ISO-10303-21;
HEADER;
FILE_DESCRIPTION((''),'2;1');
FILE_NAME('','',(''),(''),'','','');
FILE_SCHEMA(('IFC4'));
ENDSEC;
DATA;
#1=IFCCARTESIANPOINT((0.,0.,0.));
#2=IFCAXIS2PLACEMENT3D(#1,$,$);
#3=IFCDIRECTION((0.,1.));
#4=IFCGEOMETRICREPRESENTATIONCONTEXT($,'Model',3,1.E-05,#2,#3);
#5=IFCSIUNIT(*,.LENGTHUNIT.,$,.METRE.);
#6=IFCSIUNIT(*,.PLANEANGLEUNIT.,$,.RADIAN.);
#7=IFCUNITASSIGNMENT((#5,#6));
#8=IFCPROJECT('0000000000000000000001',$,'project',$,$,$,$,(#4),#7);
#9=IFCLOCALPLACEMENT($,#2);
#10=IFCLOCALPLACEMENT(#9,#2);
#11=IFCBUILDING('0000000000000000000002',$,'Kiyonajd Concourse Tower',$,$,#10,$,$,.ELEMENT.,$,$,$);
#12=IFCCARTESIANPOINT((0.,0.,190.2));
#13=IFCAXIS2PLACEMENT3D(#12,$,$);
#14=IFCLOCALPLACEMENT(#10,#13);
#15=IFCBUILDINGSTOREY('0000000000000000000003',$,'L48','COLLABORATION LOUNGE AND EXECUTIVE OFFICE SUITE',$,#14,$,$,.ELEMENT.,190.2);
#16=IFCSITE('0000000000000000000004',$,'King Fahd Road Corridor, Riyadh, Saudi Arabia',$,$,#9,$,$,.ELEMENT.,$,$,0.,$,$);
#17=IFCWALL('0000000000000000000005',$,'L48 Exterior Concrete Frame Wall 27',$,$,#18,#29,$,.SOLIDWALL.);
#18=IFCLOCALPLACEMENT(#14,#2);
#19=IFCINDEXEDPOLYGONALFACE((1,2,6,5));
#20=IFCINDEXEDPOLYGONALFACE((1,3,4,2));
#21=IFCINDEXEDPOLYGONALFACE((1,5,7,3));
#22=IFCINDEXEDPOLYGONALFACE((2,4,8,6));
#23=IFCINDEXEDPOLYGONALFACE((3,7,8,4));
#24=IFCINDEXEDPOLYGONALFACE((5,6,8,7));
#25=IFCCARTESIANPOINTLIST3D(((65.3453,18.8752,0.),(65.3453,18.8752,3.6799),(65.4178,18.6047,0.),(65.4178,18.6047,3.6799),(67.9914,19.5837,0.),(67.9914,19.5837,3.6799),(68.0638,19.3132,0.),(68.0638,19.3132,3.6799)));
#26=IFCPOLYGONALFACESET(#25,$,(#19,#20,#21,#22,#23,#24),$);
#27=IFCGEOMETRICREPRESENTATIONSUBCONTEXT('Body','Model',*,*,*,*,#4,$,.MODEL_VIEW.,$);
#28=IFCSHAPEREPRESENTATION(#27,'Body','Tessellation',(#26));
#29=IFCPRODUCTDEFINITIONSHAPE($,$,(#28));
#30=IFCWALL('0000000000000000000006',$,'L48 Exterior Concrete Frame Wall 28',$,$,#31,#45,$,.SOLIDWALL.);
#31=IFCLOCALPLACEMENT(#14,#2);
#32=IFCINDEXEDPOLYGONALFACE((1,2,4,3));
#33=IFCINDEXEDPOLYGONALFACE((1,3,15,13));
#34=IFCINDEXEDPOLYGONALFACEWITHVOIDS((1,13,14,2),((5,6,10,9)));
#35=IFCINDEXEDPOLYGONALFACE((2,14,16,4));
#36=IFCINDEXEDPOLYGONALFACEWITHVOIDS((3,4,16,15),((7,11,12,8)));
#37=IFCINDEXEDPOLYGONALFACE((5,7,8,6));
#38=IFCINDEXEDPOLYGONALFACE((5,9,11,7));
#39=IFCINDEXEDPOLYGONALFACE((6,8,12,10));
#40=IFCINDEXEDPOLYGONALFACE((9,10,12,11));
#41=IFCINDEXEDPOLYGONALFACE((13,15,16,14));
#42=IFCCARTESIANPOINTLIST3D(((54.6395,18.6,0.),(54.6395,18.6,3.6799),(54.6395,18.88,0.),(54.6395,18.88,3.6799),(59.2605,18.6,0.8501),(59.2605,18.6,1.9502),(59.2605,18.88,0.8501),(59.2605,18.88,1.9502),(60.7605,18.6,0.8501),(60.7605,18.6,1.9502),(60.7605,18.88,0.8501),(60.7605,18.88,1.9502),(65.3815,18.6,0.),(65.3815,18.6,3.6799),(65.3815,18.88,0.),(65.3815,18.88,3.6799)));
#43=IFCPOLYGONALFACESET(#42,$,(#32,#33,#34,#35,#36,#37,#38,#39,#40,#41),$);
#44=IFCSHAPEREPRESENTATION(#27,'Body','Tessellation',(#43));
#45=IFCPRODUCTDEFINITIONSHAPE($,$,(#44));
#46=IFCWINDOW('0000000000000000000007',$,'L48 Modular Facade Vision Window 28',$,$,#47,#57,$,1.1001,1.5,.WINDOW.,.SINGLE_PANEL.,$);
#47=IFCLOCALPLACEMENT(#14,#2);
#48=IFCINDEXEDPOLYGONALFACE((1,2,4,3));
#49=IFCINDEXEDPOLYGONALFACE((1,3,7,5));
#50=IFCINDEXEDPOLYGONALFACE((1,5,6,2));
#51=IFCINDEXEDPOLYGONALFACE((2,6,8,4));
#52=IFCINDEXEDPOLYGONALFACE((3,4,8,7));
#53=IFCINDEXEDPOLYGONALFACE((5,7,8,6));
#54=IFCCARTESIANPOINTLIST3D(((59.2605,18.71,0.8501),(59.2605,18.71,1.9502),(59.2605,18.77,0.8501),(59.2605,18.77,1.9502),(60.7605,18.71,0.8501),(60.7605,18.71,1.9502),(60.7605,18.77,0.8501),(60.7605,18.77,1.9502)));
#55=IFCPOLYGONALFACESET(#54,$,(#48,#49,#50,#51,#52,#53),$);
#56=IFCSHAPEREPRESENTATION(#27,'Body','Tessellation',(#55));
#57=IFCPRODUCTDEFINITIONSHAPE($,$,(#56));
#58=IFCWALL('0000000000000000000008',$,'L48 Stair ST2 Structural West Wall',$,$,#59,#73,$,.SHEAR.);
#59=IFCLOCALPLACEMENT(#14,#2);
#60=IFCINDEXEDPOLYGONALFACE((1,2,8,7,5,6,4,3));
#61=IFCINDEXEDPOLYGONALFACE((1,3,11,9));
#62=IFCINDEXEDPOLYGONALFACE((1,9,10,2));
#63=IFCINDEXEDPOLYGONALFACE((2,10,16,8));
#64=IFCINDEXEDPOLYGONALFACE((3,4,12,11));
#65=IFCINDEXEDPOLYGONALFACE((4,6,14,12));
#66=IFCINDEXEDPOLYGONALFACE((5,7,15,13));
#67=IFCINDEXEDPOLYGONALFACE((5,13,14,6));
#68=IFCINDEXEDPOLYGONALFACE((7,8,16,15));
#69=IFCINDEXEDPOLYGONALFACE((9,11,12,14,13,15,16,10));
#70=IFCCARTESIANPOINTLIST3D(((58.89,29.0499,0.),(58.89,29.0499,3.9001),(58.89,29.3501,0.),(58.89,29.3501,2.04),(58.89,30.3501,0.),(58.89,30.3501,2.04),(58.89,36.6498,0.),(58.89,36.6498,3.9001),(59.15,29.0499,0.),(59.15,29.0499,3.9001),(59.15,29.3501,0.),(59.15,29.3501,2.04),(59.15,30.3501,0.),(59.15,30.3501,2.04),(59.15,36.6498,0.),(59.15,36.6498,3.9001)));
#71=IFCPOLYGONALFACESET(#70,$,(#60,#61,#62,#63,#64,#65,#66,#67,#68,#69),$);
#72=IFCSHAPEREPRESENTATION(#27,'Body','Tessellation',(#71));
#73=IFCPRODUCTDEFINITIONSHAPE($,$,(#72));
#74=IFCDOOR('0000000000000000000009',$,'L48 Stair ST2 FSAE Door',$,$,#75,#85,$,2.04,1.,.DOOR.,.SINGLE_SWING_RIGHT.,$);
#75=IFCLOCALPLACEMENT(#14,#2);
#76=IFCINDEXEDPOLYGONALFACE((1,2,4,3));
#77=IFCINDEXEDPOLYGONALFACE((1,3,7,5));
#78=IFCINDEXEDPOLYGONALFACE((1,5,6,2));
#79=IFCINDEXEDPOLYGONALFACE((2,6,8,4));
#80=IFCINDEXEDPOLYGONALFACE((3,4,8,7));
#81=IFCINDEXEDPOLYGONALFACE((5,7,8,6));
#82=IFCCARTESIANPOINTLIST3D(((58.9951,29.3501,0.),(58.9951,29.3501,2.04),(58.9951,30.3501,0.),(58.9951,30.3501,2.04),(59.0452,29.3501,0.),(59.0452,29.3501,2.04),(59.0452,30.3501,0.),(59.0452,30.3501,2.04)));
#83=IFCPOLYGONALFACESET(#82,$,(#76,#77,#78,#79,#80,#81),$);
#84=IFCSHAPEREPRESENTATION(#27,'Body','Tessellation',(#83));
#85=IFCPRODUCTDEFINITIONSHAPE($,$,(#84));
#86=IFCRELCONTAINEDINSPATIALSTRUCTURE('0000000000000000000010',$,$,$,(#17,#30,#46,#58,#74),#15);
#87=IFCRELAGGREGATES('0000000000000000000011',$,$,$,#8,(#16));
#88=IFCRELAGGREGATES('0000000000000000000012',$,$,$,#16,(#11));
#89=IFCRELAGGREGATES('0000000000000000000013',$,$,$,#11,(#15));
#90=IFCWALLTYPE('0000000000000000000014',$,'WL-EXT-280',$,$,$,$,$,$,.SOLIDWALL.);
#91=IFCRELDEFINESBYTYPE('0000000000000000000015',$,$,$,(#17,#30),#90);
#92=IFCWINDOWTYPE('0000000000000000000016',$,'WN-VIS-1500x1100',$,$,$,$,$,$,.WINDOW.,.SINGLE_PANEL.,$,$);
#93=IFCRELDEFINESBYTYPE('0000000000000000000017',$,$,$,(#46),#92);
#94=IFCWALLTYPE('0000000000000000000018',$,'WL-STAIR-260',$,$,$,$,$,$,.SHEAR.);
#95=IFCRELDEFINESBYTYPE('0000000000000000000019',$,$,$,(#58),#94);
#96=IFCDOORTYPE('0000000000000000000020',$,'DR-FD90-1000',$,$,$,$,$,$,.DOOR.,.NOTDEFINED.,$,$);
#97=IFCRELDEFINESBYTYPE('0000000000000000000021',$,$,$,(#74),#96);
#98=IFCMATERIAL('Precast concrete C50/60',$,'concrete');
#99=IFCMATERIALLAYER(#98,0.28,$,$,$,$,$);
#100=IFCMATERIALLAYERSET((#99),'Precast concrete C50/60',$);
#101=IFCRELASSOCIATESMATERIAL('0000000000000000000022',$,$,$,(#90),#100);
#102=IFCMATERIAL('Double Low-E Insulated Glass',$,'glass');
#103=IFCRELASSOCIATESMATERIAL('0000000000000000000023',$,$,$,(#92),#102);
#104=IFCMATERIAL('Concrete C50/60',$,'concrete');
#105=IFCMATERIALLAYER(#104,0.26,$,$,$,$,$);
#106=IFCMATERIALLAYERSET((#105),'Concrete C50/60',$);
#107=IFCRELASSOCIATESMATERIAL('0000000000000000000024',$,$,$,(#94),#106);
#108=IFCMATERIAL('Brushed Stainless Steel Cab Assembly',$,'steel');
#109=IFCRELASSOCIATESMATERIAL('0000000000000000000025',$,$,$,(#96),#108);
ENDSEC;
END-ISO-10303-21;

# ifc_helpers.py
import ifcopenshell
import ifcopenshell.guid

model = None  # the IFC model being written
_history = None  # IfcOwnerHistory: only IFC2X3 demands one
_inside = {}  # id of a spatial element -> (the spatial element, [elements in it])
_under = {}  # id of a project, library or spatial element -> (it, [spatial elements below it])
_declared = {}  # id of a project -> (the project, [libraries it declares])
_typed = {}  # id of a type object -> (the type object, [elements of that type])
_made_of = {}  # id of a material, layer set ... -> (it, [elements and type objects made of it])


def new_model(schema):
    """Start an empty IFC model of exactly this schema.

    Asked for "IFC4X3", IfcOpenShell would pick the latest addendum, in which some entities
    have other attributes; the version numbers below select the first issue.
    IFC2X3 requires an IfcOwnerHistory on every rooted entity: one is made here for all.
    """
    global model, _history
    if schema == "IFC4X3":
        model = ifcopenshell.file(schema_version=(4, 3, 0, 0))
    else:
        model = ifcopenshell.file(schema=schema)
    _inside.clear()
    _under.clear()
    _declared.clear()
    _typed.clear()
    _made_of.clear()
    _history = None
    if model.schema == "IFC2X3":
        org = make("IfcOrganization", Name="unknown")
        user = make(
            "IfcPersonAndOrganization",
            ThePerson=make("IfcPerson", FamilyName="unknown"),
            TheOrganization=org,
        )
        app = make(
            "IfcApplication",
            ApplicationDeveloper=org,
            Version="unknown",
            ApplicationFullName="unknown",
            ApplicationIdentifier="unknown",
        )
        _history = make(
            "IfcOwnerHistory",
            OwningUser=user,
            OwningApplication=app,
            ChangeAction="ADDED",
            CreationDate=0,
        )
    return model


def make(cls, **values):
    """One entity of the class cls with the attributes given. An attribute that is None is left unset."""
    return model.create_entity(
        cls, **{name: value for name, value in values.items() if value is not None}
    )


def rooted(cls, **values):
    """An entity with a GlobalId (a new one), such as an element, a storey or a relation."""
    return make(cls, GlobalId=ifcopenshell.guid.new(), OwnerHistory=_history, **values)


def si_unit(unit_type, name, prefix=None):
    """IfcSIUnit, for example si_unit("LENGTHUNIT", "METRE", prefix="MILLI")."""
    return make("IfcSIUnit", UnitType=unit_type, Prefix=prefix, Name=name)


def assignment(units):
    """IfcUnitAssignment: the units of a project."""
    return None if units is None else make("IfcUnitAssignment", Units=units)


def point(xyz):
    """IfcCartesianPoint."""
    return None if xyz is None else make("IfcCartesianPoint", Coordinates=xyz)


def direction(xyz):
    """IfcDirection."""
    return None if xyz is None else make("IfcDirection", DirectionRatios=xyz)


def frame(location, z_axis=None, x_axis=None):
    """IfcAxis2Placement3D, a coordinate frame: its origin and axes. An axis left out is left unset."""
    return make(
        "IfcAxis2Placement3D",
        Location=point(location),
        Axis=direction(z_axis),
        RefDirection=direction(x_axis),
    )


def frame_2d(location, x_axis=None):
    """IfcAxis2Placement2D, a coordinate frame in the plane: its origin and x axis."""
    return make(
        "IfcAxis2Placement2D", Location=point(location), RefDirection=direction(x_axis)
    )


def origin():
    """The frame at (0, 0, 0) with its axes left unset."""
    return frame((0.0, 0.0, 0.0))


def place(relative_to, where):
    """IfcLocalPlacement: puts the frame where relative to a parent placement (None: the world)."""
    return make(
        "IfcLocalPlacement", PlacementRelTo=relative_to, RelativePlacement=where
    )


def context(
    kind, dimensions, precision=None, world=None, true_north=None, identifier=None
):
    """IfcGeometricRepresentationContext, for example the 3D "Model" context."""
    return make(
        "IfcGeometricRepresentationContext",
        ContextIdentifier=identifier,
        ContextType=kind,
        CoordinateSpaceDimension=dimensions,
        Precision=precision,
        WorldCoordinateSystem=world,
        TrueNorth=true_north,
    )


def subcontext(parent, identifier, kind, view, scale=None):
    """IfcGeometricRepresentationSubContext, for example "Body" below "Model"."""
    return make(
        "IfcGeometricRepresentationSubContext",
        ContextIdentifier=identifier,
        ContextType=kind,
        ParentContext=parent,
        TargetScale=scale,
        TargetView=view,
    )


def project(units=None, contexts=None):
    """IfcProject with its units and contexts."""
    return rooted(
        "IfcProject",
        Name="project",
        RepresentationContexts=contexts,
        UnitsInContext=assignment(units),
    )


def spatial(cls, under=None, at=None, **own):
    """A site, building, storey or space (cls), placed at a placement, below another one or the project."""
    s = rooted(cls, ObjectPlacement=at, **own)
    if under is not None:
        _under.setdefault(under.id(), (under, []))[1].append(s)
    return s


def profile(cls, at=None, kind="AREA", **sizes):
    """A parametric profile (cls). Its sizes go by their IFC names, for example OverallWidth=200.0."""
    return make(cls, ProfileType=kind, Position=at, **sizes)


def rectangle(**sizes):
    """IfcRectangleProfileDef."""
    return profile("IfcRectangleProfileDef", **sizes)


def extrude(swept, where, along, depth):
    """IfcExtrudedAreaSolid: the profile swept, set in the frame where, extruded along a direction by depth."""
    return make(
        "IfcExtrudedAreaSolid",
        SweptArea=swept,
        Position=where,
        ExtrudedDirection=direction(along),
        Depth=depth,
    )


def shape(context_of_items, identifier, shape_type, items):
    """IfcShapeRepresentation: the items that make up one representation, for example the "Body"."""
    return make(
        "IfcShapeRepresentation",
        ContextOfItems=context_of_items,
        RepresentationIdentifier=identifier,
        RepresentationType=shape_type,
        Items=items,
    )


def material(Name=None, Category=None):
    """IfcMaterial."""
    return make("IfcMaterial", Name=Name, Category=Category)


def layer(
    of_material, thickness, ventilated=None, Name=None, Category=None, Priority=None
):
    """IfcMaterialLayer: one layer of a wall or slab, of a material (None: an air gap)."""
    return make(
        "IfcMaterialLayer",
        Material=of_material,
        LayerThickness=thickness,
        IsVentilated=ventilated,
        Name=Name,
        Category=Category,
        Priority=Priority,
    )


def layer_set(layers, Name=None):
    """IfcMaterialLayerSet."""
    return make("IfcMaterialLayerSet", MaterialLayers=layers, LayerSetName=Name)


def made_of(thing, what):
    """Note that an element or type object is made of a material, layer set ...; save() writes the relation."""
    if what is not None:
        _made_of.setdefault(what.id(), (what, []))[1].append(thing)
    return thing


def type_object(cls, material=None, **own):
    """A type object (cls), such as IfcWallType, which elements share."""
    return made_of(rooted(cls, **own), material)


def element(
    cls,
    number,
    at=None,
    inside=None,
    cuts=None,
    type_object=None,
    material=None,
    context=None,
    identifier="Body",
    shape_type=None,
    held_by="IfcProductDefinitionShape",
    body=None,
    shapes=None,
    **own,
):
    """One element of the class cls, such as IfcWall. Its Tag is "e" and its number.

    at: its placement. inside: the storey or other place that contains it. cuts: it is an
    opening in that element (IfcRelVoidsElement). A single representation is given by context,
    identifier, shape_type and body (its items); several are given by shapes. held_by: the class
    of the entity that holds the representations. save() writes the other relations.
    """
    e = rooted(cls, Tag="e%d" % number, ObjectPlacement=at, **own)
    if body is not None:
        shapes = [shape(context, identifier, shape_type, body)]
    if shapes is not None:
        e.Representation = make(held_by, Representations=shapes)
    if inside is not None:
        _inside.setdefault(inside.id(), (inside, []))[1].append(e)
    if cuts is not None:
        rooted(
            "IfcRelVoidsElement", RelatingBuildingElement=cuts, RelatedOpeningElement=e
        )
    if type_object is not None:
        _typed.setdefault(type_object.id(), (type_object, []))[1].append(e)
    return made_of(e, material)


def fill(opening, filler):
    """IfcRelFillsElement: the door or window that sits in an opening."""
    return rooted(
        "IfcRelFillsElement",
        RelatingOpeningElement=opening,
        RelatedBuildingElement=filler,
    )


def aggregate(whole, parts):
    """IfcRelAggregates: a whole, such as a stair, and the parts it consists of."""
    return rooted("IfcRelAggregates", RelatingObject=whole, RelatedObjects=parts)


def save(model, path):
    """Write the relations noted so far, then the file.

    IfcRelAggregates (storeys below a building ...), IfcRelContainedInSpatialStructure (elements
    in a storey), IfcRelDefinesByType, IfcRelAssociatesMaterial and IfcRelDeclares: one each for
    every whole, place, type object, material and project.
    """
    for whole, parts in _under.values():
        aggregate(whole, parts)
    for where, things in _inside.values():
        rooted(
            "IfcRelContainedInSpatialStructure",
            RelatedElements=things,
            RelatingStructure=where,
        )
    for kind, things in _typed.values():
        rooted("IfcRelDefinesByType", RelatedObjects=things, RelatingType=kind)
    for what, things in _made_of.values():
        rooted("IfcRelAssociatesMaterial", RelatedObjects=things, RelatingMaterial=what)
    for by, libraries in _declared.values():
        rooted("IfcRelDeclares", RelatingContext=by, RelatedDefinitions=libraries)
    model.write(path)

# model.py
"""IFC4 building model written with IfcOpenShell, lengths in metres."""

from ifc_helpers import new_model, si_unit, direction, frame, frame_2d, origin, place, context, subcontext, project, spatial, rectangle, extrude, material, layer, layer_set, type_object, element, fill, save


model = new_model("IFC4")

# Units and contexts
model_context = context("Model", 3, precision=1e-05, world=origin(), true_north=direction((0.0, 1.0)))
body_context = subcontext(model_context, "Body", "Model", "MODEL_VIEW")
ifc_project = project(units=[si_unit("LENGTHUNIT", "METRE"), si_unit("PLANEANGLEUNIT", "RADIAN")], contexts=[model_context])

# Site, building, storey
site_placement = place(None, origin())
site = spatial("IfcSite", under=ifc_project, at=site_placement, Name="King Fahd Road Corridor, Riyadh, Saudi Arabia", CompositionType="ELEMENT", RefElevation=0.0)
building_placement = place(site_placement, origin())
building = spatial("IfcBuilding", under=site, at=building_placement, Name="Kiyonajd Concourse Tower", CompositionType="ELEMENT")
storey_placement = place(building_placement, frame((0.0, 0.0, 190.2)))
storey = spatial("IfcBuildingStorey", under=building, at=storey_placement, Name="L48", Description="COLLABORATION LOUNGE AND EXECUTIVE OFFICE SUITE", CompositionType="ELEMENT", Elevation=190.2)

# Shared definitions
ifc_material_1 = material(Name="Double Low-E Insulated Glass", Category="glass")

# Wall
ifc_material_2 = material(Name="Precast concrete C50/60", Category="concrete")
ifc_layer_1 = layer(ifc_material_2, 0.28)
ifc_layer_set_1 = layer_set([ifc_layer_1], Name="Precast concrete C50/60")
wall_type_1 = type_object("IfcWallType", Name="WL-EXT-280", PredefinedType="SOLIDWALL", material=ifc_layer_set_1)
wall_1_placement = place(storey_placement, frame((68.0276, 19.4485, 0.0), z_axis=(0.0, 0.0, 1.0), x_axis=(-0.965971, -0.25865, 0.0)))
element("IfcWall", 1, at=wall_1_placement, inside=storey, type_object=wall_type_1, Name="L48 Exterior Concrete Frame Wall 27", PredefinedType="SOLIDWALL", context=body_context, shape_type="SweptSolid", body=[
    extrude(rectangle(XDim=2.7393, YDim=0.28, at=frame_2d((1.3696, 0.0))), origin(), (0.0, 0.0, 1.0), 3.6799),
])

# Wall, opening, window
wall_2_placement = place(storey_placement, frame((65.3816, 18.74, 0.0), z_axis=(0.0, 0.0, 1.0), x_axis=(-1.0, 0.0, 0.0)))
wall_2 = element("IfcWall", 2, at=wall_2_placement, inside=storey, type_object=wall_type_1, Name="L48 Exterior Concrete Frame Wall 28", PredefinedType="SOLIDWALL", context=body_context, shape_type="SweptSolid", body=[
    extrude(rectangle(XDim=10.7419, YDim=0.28, at=frame_2d((5.3711, 0.0))), origin(), (0.0, 0.0, 1.0), 3.6799),
])
opening_1_placement = place(wall_2_placement, frame((4.6211, 0.0, 0.8501)))
opening_1 = element("IfcOpeningElement", 3, at=opening_1_placement, cuts=wall_2, PredefinedType="OPENING", context=body_context, shape_type="SweptSolid", body=[
    extrude(rectangle(XDim=1.5, YDim=1.1001, at=frame_2d((0.75, 0.55))), frame((0.0, 0.1499, 0.0), z_axis=(0.0, -1.0, 0.0), x_axis=(1.0, 0.0, 0.0)), (0.0, 0.0, 1.0), 0.3),
])
window_type = type_object("IfcWindowType", Name="WN-VIS-1500x1100", PartitioningType="SINGLE_PANEL", PredefinedType="WINDOW", material=ifc_material_1)
window_placement = place(opening_1_placement, origin())
window = element("IfcWindow", 4, at=window_placement, inside=storey, type_object=window_type, Name="L48 Modular Facade Vision Window 28", OverallHeight=1.1001, OverallWidth=1.5, PartitioningType="SINGLE_PANEL", PredefinedType="WINDOW", context=body_context, shape_type="SweptSolid", body=[
    extrude(rectangle(XDim=1.5, YDim=1.1001, at=frame_2d((0.75, 0.55))), frame((0.0, 0.03, 0.0), z_axis=(0.0, -1.0, 0.0), x_axis=(1.0, 0.0, 0.0)), (0.0, 0.0, 1.0), 0.0601),
])
fill(opening_1, window)

# Wall, opening, door
ifc_material_3 = material(Name="Concrete C50/60", Category="concrete")
ifc_layer_2 = layer(ifc_material_3, 0.26)
ifc_layer_set_2 = layer_set([ifc_layer_2], Name="Concrete C50/60")
wall_type_2 = type_object("IfcWallType", Name="WL-STAIR-260", PredefinedType="SHEAR", material=ifc_layer_set_2)
wall_3_placement = place(storey_placement, frame((59.02, 29.05, 0.0), z_axis=(0.0, 0.0, 1.0), x_axis=(0.0, 1.0, 0.0)))
wall_3 = element("IfcWall", 5, at=wall_3_placement, inside=storey, type_object=wall_type_2, Name="L48 Stair ST2 Structural West Wall", PredefinedType="SHEAR", context=body_context, shape_type="SweptSolid", body=[
    extrude(rectangle(XDim=7.5999, YDim=0.26, at=frame_2d((3.7998, 0.0))), origin(), (0.0, 0.0, 1.0), 3.9001),
])
opening_2_placement = place(wall_3_placement, frame((0.3, 0.0, 0.0)))
opening_2 = element("IfcOpeningElement", 6, at=opening_2_placement, cuts=wall_3, PredefinedType="OPENING", context=body_context, shape_type="SweptSolid", body=[
    extrude(rectangle(XDim=1.0, YDim=2.04, at=frame_2d((0.5, 1.02))), frame((0.0, 0.1399, 0.0), z_axis=(0.0, -1.0, 0.0), x_axis=(1.0, 0.0, 0.0)), (0.0, 0.0, 1.0), 0.28),
])
ifc_material_4 = material(Name="Brushed Stainless Steel Cab Assembly", Category="steel")
door_type = type_object("IfcDoorType", Name="DR-FD90-1000", OperationType="NOTDEFINED", PredefinedType="DOOR", material=ifc_material_4)
door_placement = place(opening_2_placement, origin())
door = element("IfcDoor", 7, at=door_placement, inside=storey, type_object=door_type, Name="L48 Stair ST2 FSAE Door", OperationType="SINGLE_SWING_RIGHT", OverallHeight=2.04, OverallWidth=1.0, PredefinedType="DOOR", context=body_context, shape_type="SweptSolid", body=[
    extrude(rectangle(XDim=1.0, YDim=2.04, at=frame_2d((0.5, 1.02))), frame((0.0, 0.0249, 0.0), z_axis=(0.0, -1.0, 0.0), x_axis=(1.0, 0.0, 0.0)), (0.0, 0.0, 1.0), 0.05),
])
fill(opening_2, door)

save(model, "model.ifc")
